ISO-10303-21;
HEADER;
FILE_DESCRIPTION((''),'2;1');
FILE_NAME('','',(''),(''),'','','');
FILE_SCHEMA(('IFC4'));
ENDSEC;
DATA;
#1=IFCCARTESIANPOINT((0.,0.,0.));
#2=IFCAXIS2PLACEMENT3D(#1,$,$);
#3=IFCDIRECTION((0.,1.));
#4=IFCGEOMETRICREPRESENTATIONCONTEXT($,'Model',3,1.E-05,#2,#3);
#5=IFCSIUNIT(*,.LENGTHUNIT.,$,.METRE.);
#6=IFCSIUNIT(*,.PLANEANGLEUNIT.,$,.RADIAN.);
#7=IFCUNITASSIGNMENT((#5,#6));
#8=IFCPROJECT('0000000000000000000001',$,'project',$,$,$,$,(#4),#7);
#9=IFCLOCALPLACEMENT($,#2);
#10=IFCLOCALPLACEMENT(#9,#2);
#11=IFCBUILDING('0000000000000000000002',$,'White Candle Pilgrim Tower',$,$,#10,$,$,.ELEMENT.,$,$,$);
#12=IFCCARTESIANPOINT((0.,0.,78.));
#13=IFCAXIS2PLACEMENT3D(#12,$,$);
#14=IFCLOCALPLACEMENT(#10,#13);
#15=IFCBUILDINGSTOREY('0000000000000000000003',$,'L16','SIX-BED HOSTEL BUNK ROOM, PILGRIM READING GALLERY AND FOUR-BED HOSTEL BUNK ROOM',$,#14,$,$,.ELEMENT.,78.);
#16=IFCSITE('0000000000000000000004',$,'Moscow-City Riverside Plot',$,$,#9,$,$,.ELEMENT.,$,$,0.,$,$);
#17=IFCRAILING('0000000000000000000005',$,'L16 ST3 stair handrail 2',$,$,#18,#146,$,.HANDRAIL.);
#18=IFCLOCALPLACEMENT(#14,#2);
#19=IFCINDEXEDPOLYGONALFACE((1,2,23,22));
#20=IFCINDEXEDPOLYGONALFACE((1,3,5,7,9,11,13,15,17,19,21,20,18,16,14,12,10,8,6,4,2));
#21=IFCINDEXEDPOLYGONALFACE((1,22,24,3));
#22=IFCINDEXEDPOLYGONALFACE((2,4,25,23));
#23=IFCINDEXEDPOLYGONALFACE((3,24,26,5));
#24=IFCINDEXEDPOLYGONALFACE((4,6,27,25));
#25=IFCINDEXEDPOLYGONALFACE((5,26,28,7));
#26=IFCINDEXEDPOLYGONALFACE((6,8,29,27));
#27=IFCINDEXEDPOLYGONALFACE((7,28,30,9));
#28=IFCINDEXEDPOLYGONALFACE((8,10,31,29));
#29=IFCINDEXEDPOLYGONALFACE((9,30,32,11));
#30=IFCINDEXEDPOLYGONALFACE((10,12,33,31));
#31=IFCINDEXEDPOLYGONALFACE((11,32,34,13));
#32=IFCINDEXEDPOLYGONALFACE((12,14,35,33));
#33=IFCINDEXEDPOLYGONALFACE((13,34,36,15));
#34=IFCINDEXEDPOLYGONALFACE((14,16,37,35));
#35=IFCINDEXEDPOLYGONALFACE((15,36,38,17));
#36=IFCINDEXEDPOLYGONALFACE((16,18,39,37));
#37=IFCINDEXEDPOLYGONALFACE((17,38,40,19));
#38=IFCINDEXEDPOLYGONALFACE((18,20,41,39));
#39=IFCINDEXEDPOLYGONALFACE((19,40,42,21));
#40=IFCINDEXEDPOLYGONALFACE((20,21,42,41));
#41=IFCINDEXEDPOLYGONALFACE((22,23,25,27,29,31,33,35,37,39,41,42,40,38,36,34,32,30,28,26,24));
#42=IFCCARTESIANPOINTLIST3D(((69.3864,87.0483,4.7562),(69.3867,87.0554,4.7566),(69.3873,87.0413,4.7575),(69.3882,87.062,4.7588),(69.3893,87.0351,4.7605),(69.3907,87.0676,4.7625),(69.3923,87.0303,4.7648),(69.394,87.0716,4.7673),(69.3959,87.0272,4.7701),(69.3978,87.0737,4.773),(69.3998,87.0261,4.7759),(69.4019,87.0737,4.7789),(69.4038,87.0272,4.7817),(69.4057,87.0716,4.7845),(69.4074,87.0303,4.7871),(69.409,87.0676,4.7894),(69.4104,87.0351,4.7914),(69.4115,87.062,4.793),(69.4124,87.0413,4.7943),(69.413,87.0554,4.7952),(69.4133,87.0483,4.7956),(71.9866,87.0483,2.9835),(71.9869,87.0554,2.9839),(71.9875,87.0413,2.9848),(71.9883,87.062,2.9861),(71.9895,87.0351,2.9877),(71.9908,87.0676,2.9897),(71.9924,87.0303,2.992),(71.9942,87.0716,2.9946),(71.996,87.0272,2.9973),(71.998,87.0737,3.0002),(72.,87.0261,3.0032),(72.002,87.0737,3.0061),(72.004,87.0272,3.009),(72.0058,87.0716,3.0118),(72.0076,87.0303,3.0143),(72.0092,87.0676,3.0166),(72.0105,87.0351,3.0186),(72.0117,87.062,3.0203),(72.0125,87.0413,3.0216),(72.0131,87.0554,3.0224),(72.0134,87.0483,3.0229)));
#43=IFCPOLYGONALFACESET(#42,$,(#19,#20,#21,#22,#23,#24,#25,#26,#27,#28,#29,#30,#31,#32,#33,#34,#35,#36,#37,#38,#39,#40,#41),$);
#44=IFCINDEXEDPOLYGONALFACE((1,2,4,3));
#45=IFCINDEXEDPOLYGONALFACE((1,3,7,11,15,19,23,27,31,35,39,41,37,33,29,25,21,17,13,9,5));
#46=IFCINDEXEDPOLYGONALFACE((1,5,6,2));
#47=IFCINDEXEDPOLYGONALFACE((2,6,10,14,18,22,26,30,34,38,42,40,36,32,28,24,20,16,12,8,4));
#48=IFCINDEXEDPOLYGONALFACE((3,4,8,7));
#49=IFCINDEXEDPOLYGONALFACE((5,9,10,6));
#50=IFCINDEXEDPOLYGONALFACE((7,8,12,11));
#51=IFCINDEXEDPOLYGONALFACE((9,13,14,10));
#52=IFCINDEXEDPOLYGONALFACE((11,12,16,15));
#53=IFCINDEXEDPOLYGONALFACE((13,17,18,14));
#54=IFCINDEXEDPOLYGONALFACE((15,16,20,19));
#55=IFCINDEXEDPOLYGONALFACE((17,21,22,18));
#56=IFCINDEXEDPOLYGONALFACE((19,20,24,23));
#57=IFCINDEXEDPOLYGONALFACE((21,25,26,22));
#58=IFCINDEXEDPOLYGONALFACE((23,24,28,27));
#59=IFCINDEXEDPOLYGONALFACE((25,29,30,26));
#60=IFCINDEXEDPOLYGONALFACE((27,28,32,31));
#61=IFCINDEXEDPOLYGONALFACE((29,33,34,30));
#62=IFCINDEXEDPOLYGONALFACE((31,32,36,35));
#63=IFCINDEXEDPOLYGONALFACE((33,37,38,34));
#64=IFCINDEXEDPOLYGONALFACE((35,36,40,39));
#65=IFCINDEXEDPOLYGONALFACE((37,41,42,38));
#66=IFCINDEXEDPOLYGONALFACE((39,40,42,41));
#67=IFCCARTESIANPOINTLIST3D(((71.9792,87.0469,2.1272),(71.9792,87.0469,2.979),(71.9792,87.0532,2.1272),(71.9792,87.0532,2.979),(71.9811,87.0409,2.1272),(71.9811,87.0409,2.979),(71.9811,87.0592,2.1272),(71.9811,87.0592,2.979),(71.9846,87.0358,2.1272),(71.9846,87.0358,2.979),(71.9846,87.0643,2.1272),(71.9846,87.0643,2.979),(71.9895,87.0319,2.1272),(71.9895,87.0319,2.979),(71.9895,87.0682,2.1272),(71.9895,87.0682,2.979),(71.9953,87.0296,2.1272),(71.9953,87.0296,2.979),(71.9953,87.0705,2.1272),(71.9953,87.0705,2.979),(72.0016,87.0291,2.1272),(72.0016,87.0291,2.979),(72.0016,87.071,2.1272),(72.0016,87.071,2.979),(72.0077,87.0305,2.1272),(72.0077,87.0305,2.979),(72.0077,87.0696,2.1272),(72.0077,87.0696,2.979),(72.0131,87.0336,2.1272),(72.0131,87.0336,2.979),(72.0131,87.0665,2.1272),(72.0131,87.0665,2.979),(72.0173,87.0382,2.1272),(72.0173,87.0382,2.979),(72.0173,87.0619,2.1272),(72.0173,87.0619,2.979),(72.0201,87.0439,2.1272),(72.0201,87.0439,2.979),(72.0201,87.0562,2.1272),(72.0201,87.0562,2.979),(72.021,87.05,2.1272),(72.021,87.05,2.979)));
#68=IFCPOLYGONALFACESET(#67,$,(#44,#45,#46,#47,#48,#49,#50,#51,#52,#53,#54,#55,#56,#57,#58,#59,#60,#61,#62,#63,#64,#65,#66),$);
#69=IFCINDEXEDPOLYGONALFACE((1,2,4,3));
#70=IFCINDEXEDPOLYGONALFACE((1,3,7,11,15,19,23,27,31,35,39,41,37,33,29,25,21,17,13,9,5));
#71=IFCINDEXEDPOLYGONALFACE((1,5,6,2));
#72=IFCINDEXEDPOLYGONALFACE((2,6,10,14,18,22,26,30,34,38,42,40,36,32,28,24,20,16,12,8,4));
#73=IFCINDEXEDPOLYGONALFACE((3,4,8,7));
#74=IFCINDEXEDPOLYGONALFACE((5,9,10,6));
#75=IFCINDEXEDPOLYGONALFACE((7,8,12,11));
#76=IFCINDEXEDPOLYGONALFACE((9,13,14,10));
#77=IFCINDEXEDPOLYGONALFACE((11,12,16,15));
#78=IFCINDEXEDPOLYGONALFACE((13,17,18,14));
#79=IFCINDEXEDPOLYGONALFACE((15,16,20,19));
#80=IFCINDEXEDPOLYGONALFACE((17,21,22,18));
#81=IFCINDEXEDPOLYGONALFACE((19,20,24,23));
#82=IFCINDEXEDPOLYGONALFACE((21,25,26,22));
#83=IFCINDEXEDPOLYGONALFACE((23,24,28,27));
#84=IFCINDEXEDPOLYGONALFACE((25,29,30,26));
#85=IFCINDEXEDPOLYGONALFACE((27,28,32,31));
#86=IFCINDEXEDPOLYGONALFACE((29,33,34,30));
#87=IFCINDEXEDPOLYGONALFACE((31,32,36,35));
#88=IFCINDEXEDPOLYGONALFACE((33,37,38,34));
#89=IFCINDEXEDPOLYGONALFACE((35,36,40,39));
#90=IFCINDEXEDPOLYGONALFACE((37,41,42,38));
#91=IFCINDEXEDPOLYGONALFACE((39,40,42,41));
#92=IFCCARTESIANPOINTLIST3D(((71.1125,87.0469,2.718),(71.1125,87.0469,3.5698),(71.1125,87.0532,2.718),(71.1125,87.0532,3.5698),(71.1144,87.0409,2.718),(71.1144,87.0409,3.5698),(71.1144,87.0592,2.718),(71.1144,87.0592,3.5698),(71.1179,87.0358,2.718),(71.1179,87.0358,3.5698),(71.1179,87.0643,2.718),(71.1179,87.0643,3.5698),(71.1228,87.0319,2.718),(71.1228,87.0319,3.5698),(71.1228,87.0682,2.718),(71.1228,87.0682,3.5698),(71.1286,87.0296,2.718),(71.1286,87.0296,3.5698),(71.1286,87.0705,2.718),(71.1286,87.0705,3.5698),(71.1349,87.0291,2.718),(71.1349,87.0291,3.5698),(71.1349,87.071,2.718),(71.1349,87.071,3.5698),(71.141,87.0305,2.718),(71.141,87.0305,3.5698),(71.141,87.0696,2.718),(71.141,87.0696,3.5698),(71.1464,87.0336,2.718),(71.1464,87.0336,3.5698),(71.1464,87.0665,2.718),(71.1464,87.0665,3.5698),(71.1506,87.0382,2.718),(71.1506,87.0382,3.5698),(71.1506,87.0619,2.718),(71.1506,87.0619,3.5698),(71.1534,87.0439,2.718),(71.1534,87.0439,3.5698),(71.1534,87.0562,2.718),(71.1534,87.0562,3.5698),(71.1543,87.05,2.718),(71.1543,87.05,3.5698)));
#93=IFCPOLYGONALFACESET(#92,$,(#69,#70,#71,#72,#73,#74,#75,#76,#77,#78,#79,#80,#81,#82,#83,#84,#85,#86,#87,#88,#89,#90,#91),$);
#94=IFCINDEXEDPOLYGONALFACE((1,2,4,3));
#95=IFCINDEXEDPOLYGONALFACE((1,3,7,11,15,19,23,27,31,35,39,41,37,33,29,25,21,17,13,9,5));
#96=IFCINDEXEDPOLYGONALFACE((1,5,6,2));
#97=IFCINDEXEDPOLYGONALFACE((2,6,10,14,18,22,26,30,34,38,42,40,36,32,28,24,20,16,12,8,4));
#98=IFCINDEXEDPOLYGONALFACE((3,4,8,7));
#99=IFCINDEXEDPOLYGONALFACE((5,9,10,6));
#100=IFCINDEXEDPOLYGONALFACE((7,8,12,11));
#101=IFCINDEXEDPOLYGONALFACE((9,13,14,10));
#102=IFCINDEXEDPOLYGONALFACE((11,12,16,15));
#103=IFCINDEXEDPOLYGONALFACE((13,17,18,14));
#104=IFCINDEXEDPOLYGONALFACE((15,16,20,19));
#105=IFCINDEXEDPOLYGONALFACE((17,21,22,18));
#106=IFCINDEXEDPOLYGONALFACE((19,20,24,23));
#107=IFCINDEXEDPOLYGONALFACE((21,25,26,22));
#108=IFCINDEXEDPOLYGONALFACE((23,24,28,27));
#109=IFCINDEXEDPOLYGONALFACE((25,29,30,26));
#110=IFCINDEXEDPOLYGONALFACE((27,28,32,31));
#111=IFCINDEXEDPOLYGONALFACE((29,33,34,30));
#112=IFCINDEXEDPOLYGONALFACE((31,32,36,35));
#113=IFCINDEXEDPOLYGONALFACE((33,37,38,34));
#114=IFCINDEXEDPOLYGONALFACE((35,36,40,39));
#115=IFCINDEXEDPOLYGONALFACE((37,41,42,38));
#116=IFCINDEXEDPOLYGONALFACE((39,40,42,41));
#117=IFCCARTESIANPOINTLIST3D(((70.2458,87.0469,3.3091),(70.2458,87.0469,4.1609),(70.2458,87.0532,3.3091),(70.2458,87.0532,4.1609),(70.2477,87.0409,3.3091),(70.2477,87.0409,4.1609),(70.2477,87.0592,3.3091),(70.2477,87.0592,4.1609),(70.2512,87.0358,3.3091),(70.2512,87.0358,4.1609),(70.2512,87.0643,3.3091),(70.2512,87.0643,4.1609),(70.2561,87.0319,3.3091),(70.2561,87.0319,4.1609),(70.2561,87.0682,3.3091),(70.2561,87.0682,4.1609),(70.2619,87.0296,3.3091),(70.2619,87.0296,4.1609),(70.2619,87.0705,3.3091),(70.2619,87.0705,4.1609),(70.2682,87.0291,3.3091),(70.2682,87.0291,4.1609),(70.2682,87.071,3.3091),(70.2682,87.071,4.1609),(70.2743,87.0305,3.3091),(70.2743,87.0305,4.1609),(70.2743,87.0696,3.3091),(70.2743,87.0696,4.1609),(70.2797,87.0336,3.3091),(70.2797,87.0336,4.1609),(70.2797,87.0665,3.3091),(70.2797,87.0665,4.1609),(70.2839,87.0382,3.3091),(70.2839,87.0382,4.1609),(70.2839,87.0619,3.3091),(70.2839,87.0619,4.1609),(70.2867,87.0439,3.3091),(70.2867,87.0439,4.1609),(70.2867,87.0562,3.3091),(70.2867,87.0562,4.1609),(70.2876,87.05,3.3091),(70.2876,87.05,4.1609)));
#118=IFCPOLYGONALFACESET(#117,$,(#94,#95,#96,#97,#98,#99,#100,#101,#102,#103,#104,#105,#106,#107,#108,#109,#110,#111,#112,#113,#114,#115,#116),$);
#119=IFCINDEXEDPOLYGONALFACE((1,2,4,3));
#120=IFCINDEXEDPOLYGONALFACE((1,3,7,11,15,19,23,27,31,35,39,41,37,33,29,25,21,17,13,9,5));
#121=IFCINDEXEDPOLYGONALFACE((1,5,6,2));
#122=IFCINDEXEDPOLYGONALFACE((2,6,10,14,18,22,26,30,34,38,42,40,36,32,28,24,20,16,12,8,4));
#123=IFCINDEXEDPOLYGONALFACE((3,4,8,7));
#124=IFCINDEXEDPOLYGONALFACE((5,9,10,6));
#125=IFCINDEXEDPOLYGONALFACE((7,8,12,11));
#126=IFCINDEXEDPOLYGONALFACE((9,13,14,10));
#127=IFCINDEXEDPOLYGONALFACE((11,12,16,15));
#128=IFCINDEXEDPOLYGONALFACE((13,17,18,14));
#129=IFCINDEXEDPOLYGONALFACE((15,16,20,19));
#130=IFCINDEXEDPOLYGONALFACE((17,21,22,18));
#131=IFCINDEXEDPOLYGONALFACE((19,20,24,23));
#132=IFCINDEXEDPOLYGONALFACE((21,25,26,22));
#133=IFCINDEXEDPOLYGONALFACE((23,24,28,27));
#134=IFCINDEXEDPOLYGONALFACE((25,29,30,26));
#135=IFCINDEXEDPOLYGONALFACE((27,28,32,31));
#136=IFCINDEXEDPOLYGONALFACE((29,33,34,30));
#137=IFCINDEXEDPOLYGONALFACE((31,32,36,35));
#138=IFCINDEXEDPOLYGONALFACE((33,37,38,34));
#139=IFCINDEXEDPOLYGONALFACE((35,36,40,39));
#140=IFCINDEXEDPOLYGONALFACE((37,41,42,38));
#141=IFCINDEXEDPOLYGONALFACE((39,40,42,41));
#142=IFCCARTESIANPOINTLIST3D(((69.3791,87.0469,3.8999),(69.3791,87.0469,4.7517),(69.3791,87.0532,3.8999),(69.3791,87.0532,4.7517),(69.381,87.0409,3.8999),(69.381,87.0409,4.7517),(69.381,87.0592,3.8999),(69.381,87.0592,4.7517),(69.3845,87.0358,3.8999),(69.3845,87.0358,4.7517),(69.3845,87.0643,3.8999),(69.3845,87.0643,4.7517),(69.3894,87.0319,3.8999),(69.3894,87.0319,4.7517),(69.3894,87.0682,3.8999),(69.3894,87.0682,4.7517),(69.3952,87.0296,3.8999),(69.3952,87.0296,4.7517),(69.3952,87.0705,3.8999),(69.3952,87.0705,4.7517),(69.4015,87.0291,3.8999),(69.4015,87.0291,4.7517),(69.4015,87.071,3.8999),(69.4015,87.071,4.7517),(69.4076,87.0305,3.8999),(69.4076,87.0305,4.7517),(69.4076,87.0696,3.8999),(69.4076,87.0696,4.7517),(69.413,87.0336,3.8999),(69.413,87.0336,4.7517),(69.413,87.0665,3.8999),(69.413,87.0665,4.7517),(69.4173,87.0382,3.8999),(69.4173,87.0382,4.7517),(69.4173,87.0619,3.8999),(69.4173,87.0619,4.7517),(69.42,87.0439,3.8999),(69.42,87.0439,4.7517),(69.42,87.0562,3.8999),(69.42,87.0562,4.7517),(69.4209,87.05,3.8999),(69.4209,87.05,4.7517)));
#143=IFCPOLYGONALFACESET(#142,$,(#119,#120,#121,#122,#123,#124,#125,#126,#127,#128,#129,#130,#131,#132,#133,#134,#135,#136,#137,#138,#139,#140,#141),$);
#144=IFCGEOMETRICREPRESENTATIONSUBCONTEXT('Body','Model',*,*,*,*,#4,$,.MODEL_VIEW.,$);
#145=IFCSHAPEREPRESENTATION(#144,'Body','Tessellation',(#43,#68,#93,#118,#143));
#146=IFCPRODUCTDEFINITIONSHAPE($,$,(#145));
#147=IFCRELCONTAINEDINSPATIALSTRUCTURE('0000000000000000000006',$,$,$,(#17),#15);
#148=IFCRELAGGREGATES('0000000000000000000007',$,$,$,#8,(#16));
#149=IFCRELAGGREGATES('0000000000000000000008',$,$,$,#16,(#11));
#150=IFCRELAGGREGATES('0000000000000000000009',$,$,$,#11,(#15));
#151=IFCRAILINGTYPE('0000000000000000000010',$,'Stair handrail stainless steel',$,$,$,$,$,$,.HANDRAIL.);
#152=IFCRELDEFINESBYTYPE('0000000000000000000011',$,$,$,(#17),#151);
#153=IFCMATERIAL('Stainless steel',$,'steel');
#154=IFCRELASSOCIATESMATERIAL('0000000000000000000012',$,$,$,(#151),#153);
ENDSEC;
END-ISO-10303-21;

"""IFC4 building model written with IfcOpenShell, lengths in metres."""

from ifc_helpers import new_model, si_unit, direction, frame, origin, origin_2d, place, context, subcontext, project, spatial, circle, extrude, material, type_object, element, save


model = new_model("IFC4")

# Units and contexts
model_context = context("Model", 3, precision=1e-05, world=origin(), true_north=direction((0.0, 1.0)))
body_context = subcontext(model_context, "Body", "Model", "MODEL_VIEW")
ifc_project = project(units=[si_unit("LENGTHUNIT", "METRE"), si_unit("PLANEANGLEUNIT", "RADIAN")], contexts=[model_context])

# Site, building, storey
site_placement = place(None, origin())
site = spatial("IfcSite", under=ifc_project, at=site_placement, Name="Moscow-City Riverside Plot", CompositionType="ELEMENT", RefElevation=0.0)
building_placement = place(site_placement, origin())
building = spatial("IfcBuilding", under=site, at=building_placement, Name="White Candle Pilgrim Tower", CompositionType="ELEMENT")
storey_placement = place(building_placement, frame((0.0, 0.0, 78.0)))
storey = spatial("IfcBuildingStorey", under=building, at=storey_placement, Name="L16", Description="SIX-BED HOSTEL BUNK ROOM, PILGRIM READING GALLERY AND FOUR-BED HOSTEL BUNK ROOM", CompositionType="ELEMENT", Elevation=78.0)

# Railing
ifc_material_1 = material(Name="Stainless steel", Category="steel")
railing_type_1 = type_object("IfcRailingType", Name="Stair handrail stainless steel", PredefinedType="HANDRAIL", material=ifc_material_1)
railing_1_placement = place(storey_placement, frame((72.0, 87.05, 2.1272)))
element("IfcRailing", 1, at=railing_1_placement, inside=storey, type_object=railing_type_1, Name="L16 ST3 stair handrail 2", PredefinedType="HANDRAIL", context=body_context, shape_type="SweptSolid", body=[
    extrude(circle(Radius=0.0239, at=origin_2d()), frame((0.0, 0.0, 0.876), z_axis=(-0.82624, 0.0, 0.563318), x_axis=(0.0, -1.0, 0.0)), (0.0, 0.0, 1.0), 3.147),
    extrude(circle(Radius=0.021, at=origin_2d()), origin(), (0.0, 0.0, 1.0), 0.8518),
    extrude(circle(Radius=0.021, at=origin_2d()), frame((-0.8667, 0.0, 0.5908)), (0.0, 0.0, 1.0), 0.8518),
    extrude(circle(Radius=0.021, at=origin_2d()), frame((-1.7334, 0.0, 1.1819)), (0.0, 0.0, 1.0), 0.8518),
    extrude(circle(Radius=0.021, at=origin_2d()), frame((-2.6001, 0.0, 1.7727)), (0.0, 0.0, 1.0), 0.8518),
])

save(model, "model.ifc")
